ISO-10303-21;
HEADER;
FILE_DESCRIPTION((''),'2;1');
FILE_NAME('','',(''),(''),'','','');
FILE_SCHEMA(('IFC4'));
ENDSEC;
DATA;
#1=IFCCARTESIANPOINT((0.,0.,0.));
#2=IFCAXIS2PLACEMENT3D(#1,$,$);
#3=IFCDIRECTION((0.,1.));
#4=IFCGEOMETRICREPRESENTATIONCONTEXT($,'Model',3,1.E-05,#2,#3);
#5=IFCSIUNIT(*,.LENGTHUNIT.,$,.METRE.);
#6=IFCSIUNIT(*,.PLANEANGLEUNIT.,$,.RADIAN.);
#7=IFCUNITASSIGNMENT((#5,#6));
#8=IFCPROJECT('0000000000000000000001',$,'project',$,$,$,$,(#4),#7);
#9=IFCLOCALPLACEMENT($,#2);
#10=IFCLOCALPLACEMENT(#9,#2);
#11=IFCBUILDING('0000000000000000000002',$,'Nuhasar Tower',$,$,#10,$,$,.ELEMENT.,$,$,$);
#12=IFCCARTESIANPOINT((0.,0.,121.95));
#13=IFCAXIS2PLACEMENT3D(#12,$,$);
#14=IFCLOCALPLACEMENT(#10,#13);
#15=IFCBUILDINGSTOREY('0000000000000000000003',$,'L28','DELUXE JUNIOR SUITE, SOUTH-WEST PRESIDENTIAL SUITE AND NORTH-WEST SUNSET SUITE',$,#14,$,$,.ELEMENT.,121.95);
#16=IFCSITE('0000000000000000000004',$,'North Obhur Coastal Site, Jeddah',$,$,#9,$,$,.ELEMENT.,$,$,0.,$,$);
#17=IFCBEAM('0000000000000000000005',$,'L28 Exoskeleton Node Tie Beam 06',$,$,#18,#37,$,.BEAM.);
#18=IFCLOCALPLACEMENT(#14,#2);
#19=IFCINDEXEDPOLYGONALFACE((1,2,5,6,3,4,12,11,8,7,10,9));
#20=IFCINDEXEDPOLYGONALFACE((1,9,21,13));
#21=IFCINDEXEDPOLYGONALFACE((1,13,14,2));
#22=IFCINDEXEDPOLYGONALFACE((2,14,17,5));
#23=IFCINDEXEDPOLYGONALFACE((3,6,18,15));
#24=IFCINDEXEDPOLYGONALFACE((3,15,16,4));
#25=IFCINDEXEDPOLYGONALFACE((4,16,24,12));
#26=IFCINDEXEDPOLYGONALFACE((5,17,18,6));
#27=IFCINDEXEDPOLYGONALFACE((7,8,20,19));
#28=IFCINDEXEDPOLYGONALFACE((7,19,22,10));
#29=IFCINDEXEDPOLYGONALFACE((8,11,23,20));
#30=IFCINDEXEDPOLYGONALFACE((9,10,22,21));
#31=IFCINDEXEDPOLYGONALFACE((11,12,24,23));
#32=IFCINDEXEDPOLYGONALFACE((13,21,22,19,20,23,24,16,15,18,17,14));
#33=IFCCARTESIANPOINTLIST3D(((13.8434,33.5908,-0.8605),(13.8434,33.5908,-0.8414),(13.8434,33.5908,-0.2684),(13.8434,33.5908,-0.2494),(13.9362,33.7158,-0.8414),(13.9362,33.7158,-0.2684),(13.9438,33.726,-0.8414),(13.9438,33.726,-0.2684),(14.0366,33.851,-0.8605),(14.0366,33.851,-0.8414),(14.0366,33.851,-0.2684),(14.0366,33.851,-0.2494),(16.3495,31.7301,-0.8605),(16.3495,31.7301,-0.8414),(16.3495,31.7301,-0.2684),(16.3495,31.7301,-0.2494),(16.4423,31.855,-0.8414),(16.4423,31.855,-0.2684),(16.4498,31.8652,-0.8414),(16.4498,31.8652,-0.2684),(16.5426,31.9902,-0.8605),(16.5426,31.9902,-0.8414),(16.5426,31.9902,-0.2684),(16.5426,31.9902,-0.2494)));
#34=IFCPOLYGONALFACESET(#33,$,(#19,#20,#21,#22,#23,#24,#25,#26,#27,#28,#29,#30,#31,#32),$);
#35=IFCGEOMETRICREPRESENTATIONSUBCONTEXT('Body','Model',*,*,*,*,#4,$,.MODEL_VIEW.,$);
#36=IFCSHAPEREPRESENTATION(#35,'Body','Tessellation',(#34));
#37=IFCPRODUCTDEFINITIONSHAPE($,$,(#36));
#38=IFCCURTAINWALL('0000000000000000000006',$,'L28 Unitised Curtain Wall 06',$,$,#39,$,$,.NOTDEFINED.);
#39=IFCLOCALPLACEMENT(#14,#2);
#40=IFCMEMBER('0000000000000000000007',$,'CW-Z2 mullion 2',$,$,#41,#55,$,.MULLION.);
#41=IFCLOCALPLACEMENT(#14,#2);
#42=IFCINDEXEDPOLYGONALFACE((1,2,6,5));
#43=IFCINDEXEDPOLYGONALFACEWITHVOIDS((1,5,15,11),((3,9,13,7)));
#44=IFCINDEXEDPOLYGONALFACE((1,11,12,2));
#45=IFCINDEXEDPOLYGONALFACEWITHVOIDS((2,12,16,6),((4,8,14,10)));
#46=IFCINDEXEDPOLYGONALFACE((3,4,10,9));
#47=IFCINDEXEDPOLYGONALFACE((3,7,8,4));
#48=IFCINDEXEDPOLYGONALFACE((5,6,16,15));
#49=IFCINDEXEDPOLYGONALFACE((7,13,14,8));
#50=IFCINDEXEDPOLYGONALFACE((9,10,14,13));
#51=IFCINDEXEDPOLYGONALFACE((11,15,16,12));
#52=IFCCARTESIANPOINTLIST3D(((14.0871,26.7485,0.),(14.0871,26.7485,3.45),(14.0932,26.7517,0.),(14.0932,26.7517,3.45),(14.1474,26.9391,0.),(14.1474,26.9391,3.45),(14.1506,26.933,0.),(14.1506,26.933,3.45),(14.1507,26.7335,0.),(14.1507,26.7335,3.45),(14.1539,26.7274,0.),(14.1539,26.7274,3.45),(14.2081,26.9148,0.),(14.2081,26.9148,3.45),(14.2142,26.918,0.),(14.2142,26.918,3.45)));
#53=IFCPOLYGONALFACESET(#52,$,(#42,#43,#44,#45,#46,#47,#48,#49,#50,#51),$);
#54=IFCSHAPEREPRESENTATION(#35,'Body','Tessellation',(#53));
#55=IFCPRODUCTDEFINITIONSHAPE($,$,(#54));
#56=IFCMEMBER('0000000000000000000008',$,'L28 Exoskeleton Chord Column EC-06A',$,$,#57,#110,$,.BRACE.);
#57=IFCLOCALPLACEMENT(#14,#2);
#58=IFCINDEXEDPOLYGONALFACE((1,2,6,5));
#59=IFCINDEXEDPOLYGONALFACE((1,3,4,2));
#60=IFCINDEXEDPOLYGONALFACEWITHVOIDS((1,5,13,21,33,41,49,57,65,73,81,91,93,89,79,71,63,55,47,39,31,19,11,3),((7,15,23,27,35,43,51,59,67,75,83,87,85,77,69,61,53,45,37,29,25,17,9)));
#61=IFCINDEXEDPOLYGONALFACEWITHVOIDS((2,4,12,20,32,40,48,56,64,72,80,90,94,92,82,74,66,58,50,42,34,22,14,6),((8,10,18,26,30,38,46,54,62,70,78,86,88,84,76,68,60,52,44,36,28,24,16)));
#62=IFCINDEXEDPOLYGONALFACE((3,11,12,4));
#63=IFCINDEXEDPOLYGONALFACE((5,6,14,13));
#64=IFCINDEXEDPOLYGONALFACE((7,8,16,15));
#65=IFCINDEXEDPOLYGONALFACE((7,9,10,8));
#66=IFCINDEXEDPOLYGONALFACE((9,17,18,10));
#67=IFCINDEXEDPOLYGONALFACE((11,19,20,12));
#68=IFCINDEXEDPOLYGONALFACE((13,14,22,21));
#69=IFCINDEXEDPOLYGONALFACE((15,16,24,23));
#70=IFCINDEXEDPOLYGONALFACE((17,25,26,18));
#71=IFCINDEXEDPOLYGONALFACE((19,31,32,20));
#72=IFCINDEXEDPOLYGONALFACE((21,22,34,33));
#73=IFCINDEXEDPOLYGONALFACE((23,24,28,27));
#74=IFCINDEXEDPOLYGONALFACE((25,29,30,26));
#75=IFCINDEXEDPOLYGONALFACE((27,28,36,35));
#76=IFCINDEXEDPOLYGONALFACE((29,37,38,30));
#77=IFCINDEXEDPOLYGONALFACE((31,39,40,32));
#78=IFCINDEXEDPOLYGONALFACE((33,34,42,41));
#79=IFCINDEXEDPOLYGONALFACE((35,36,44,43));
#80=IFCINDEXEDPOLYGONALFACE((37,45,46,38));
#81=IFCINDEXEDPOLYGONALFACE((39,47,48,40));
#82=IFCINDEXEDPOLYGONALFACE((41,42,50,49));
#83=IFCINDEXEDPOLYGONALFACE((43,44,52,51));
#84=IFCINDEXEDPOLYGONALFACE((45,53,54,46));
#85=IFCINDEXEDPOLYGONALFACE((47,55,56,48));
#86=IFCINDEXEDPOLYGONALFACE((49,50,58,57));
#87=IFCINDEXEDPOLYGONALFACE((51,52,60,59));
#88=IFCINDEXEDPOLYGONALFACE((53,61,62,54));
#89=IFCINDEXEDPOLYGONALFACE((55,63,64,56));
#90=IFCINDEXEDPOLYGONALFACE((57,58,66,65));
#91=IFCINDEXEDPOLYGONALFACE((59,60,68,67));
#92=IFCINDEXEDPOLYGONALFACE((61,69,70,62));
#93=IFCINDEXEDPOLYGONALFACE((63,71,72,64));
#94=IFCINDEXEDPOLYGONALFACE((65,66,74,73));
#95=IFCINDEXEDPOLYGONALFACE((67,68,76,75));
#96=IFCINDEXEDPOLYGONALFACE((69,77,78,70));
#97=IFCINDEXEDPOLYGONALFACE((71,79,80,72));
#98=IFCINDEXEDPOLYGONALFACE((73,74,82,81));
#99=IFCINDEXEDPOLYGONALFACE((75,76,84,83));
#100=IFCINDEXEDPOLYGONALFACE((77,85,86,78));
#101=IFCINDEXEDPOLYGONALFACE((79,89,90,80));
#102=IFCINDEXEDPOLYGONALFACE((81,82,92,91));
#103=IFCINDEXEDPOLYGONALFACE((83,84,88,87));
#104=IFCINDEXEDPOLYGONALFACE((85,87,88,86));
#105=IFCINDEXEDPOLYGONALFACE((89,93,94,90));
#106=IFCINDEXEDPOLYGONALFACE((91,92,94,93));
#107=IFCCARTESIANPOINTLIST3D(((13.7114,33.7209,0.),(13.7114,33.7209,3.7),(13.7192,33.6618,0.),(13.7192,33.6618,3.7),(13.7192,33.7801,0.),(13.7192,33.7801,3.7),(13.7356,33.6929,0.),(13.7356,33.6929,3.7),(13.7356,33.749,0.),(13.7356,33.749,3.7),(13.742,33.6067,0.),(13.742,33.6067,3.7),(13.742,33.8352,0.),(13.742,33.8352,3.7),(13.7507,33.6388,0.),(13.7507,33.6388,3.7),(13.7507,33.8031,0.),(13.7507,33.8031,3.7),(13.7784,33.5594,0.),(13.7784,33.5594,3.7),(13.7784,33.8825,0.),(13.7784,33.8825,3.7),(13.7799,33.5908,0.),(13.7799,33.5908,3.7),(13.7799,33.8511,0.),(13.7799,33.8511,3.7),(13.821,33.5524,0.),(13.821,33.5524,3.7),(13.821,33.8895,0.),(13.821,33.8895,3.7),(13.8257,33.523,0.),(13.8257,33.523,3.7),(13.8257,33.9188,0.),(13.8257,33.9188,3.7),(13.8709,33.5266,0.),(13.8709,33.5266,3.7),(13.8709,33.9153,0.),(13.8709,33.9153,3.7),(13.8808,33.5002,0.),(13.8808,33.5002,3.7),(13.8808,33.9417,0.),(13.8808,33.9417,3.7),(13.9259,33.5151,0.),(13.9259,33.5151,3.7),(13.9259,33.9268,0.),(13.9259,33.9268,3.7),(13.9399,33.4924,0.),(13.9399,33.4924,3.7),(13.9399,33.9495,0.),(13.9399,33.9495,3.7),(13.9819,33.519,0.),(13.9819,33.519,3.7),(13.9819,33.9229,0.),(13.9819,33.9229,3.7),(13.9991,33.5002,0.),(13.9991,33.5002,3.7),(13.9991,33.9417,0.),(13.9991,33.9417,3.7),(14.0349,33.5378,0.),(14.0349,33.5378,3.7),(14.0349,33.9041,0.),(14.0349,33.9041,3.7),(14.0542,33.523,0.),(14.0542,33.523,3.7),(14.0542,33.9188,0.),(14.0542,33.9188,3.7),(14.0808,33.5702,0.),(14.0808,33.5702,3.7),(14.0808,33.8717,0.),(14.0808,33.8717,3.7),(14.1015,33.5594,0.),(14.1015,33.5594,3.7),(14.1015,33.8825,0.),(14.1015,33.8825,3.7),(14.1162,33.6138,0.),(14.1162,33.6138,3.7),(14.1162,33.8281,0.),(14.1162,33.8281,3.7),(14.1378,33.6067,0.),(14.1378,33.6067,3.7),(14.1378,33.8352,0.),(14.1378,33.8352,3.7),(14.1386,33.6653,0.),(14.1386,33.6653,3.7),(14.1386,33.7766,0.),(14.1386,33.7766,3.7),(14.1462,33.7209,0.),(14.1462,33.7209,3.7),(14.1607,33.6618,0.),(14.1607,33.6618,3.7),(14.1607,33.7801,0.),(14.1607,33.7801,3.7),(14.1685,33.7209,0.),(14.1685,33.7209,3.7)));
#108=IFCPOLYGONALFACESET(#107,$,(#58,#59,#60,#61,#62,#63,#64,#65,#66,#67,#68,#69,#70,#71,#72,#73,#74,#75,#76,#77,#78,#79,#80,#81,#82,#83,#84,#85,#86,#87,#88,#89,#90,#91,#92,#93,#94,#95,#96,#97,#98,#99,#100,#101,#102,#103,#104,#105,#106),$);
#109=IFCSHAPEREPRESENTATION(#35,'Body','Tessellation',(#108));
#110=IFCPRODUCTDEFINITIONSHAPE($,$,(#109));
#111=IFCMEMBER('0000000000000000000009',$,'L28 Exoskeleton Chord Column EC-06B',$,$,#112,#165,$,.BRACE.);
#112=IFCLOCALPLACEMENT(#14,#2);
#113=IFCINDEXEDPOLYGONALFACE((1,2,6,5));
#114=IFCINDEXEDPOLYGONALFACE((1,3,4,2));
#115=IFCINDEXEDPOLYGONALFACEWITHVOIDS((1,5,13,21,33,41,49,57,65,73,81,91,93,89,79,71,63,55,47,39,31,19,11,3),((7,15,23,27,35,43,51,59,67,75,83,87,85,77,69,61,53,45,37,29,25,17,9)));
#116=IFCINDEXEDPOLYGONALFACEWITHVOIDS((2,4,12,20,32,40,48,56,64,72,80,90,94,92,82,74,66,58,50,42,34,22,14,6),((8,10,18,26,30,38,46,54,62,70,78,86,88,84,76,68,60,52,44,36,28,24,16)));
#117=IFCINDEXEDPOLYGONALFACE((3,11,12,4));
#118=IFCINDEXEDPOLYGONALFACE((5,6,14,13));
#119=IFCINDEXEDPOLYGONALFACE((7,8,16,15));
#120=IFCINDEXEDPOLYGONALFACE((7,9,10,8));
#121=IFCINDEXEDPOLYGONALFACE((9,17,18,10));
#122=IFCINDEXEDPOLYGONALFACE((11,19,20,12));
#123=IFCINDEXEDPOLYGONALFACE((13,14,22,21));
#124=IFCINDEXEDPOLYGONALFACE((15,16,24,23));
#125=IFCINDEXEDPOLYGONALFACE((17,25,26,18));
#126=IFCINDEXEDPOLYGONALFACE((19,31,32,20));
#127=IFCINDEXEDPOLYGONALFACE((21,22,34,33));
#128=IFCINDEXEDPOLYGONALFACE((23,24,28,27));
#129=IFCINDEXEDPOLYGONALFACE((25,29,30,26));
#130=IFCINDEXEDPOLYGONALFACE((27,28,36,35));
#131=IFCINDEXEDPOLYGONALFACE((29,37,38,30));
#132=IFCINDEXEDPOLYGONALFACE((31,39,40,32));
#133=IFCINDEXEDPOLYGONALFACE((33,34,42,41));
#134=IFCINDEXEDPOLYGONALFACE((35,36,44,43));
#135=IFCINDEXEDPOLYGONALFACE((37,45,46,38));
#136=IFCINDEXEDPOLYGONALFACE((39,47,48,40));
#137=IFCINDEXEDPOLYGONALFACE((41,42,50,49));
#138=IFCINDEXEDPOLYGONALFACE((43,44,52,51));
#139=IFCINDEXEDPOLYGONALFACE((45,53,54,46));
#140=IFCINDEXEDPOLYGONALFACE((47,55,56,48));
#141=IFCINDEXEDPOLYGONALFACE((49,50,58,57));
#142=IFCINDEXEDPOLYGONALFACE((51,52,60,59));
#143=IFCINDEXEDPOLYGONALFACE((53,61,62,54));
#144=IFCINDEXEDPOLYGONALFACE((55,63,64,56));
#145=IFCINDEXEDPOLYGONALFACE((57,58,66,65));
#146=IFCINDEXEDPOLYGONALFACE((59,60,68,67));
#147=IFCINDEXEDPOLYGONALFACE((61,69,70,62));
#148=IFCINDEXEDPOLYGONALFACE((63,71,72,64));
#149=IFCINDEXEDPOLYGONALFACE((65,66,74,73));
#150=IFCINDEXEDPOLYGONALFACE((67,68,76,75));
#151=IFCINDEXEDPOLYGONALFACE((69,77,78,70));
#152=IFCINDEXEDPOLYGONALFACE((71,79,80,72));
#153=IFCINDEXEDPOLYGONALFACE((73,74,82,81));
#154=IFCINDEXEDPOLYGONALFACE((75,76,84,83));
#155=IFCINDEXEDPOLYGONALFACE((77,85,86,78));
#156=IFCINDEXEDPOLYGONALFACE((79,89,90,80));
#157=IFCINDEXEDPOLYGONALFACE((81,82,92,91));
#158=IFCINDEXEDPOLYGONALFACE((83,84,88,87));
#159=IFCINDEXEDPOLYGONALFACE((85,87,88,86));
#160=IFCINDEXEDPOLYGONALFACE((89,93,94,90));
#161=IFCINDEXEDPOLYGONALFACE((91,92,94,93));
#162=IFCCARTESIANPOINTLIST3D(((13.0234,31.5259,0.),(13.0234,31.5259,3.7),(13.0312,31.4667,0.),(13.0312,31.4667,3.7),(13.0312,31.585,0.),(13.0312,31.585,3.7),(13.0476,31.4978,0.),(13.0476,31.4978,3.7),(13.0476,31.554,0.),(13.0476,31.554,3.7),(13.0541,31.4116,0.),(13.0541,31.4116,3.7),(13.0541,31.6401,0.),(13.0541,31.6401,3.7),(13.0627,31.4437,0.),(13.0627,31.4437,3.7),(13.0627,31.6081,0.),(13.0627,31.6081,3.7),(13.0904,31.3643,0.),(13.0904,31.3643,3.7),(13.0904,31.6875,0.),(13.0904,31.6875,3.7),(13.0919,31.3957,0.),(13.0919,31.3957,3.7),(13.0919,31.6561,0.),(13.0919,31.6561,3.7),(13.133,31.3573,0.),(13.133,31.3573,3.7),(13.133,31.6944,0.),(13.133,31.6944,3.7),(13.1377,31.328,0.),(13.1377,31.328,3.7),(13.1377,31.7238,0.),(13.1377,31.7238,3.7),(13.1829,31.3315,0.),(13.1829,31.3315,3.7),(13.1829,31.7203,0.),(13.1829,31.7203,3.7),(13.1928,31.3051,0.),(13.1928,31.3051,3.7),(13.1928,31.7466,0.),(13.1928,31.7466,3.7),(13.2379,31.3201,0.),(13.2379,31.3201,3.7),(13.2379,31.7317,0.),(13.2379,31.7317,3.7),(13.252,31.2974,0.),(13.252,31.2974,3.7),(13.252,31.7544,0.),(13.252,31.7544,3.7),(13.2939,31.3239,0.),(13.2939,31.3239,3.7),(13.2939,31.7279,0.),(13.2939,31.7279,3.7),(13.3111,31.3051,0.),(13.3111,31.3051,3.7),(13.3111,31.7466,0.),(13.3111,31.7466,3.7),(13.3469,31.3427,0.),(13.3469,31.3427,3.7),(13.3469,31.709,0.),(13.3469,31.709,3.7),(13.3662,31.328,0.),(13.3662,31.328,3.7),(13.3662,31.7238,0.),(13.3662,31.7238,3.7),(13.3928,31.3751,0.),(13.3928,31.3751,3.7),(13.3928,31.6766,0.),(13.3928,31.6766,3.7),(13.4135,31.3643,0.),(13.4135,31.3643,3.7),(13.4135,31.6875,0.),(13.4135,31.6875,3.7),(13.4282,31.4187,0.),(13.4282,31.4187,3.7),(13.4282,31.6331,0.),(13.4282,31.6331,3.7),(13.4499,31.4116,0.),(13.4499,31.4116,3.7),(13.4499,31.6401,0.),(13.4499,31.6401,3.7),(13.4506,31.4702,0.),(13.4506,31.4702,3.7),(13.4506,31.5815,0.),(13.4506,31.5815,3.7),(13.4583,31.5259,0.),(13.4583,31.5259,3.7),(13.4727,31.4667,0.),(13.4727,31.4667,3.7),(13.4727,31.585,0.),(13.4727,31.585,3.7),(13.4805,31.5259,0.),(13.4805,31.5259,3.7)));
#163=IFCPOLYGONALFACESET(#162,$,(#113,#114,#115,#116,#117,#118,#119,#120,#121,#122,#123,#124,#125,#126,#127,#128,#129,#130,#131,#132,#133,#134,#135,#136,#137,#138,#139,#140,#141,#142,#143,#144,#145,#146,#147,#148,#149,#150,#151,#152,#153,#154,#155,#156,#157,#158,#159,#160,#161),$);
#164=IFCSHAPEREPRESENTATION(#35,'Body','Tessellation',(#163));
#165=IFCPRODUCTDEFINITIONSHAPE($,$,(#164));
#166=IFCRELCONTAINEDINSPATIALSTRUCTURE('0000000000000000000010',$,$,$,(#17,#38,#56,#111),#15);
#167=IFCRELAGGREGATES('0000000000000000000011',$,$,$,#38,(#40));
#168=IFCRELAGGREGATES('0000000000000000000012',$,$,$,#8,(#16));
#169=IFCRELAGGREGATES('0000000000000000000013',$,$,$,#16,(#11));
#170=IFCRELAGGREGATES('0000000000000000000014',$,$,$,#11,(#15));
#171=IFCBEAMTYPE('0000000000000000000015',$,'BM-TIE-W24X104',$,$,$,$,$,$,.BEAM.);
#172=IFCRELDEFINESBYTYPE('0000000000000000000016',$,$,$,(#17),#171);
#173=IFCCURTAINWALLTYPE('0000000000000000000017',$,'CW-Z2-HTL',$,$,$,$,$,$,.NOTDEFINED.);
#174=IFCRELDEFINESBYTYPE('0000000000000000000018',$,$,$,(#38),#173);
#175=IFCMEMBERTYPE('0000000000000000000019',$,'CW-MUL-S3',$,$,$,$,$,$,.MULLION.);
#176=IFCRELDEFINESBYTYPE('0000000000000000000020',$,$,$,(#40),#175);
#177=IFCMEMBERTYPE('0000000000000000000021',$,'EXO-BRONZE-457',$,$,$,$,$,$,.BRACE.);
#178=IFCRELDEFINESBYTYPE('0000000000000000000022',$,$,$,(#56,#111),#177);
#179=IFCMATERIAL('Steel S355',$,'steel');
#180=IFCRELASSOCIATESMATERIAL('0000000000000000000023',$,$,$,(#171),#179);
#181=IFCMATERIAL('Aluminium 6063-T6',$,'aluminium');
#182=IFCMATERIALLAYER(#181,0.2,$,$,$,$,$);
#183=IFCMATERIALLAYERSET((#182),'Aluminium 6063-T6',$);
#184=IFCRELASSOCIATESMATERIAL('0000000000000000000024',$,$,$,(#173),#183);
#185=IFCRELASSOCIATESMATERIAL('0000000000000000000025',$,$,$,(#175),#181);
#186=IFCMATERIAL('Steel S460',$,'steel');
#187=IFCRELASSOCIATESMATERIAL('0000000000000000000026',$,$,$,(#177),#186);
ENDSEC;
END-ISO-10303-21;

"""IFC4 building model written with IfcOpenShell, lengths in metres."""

from ifc_helpers import new_model, si_unit, direction, frame, origin, origin_2d, place, context, subcontext, project, spatial, hollow_rectangle, hollow_circle, i_section, extrude, material, layer, layer_set, material_profile, profile_set, type_object, element, aggregate, save


model = new_model("IFC4")

# Units and contexts
model_context = context("Model", 3, precision=1e-05, world=origin(), true_north=direction((0.0, 1.0)))
body_context = subcontext(model_context, "Body", "Model", "MODEL_VIEW")
ifc_project = project(units=[si_unit("LENGTHUNIT", "METRE"), si_unit("PLANEANGLEUNIT", "RADIAN")], contexts=[model_context])

# Site, building, storey
site_placement = place(None, origin())
site = spatial("IfcSite", under=ifc_project, at=site_placement, Name="North Obhur Coastal Site, Jeddah", CompositionType="ELEMENT", RefElevation=0.0)
building_placement = place(site_placement, origin())
building = spatial("IfcBuilding", under=site, at=building_placement, Name="Nuhasar Tower", CompositionType="ELEMENT")
storey_placement = place(building_placement, frame((0.0, 0.0, 121.95)))
storey = spatial("IfcBuildingStorey", under=building, at=storey_placement, Name="L28", Description="DELUXE JUNIOR SUITE, SOUTH-WEST PRESIDENTIAL SUITE AND NORTH-WEST SUNSET SUITE", CompositionType="ELEMENT", Elevation=121.95)

# Beam
ifc_material_1 = material(Name="Steel S355", Category="steel")
ifc_material_profile_1 = material_profile(ifc_material_1, i_section(OverallWidth=0.324, OverallDepth=0.6111, WebThickness=0.0127, FlangeThickness=0.019, at=origin_2d()), Name="W24X104")
ifc_profile_set_1 = profile_set([ifc_material_profile_1], Name="Steel S355")
beam_type_1 = type_object("IfcBeamType", Name="BM-TIE-W24X104", PredefinedType="BEAM", material=ifc_profile_set_1)
beam_1_placement = place(storey_placement, frame((16.446, 31.8601, -0.5549), z_axis=(-0.802872, 0.596151, 0.0), x_axis=(-0.596151, -0.802872, 0.0)))
element("IfcBeam", 1, at=beam_1_placement, inside=storey, type_object=beam_type_1, Name="L28 Exoskeleton Node Tie Beam 06", PredefinedType="BEAM", context=body_context, shape_type="SweptSolid", body=[
    extrude(i_section(OverallWidth=0.324, OverallDepth=0.6111, WebThickness=0.0127, FlangeThickness=0.019, at=origin_2d()), origin(), (0.0, 0.0, 1.0), 3.1213),
])

# Curtain wall, member
ifc_material_2 = material(Name="Aluminium 6063-T6", Category="aluminium")
ifc_layer_1 = layer(ifc_material_2, 0.2)
ifc_layer_set_1 = layer_set([ifc_layer_1], Name="Aluminium 6063-T6")
curtain_wall_type = type_object("IfcCurtainWallType", Name="CW-Z2-HTL", PredefinedType="NOTDEFINED", material=ifc_layer_set_1)
curtain_wall_placement = place(storey_placement, origin())
curtain_wall = element("IfcCurtainWall", 2, at=curtain_wall_placement, inside=storey, type_object=curtain_wall_type, Name="L28 Unitised Curtain Wall 06", PredefinedType="NOTDEFINED")
ifc_material_profile_2 = material_profile(ifc_material_2, hollow_rectangle(XDim=0.0701, YDim=0.2, WallThickness=0.0049, at=origin_2d()), Name="CWM-3")
ifc_profile_set_2 = profile_set([ifc_material_profile_2], Name="Aluminium 6063-T6")
member_type_1 = type_object("IfcMemberType", Name="CW-MUL-S3", PredefinedType="MULLION", material=ifc_profile_set_2)
member_1_placement = place(storey_placement, frame((14.1506, 26.8333, 0.0), z_axis=(0.0, 0.0, 1.0), x_axis=(0.953433, -0.301604, 0.0)))
member_1 = element("IfcMember", 3, at=member_1_placement, type_object=member_type_1, Name="CW-Z2 mullion 2", PredefinedType="MULLION", context=body_context, shape_type="SweptSolid", body=[
    extrude(hollow_rectangle(XDim=0.0701, YDim=0.2, WallThickness=0.0049, at=origin_2d()), origin(), (0.0, 0.0, 1.0), 3.45),
])

# Members
ifc_material_3 = material(Name="Steel S460", Category="steel")
ifc_material_profile_3 = material_profile(ifc_material_3, hollow_circle(Radius=0.2285, WallThickness=0.0222, at=origin_2d()), Name="HSS457X22.2")
ifc_profile_set_3 = profile_set([ifc_material_profile_3], Name="Steel S460")
member_type_2 = type_object("IfcMemberType", Name="EXO-BRONZE-457", PredefinedType="BRACE", material=ifc_profile_set_3)
for number, where, z_axis, x_axis, name in (
    (4, (13.9399, 33.7209, 0.0), (0.0, 0.0, 1.0), (1.0, 0.0, 0.0), "L28 Exoskeleton Chord Column EC-06A"),
    (5, (13.252, 31.5259, 0.0), (0.0, 0.0, 1.0), (1.0, 0.0, 0.0), "L28 Exoskeleton Chord Column EC-06B"),
):
    element("IfcMember", number, at=place(storey_placement, frame(where, z_axis=z_axis, x_axis=x_axis)), inside=storey, type_object=member_type_2, Name=name, PredefinedType="BRACE", context=body_context, shape_type="SweptSolid", body=[
        extrude(hollow_circle(Radius=0.2285, WallThickness=0.0222, at=origin_2d()), origin(), (0.0, 0.0, 1.0), 3.7),
    ])

aggregate(curtain_wall, [member_1])

save(model, "model.ifc")
